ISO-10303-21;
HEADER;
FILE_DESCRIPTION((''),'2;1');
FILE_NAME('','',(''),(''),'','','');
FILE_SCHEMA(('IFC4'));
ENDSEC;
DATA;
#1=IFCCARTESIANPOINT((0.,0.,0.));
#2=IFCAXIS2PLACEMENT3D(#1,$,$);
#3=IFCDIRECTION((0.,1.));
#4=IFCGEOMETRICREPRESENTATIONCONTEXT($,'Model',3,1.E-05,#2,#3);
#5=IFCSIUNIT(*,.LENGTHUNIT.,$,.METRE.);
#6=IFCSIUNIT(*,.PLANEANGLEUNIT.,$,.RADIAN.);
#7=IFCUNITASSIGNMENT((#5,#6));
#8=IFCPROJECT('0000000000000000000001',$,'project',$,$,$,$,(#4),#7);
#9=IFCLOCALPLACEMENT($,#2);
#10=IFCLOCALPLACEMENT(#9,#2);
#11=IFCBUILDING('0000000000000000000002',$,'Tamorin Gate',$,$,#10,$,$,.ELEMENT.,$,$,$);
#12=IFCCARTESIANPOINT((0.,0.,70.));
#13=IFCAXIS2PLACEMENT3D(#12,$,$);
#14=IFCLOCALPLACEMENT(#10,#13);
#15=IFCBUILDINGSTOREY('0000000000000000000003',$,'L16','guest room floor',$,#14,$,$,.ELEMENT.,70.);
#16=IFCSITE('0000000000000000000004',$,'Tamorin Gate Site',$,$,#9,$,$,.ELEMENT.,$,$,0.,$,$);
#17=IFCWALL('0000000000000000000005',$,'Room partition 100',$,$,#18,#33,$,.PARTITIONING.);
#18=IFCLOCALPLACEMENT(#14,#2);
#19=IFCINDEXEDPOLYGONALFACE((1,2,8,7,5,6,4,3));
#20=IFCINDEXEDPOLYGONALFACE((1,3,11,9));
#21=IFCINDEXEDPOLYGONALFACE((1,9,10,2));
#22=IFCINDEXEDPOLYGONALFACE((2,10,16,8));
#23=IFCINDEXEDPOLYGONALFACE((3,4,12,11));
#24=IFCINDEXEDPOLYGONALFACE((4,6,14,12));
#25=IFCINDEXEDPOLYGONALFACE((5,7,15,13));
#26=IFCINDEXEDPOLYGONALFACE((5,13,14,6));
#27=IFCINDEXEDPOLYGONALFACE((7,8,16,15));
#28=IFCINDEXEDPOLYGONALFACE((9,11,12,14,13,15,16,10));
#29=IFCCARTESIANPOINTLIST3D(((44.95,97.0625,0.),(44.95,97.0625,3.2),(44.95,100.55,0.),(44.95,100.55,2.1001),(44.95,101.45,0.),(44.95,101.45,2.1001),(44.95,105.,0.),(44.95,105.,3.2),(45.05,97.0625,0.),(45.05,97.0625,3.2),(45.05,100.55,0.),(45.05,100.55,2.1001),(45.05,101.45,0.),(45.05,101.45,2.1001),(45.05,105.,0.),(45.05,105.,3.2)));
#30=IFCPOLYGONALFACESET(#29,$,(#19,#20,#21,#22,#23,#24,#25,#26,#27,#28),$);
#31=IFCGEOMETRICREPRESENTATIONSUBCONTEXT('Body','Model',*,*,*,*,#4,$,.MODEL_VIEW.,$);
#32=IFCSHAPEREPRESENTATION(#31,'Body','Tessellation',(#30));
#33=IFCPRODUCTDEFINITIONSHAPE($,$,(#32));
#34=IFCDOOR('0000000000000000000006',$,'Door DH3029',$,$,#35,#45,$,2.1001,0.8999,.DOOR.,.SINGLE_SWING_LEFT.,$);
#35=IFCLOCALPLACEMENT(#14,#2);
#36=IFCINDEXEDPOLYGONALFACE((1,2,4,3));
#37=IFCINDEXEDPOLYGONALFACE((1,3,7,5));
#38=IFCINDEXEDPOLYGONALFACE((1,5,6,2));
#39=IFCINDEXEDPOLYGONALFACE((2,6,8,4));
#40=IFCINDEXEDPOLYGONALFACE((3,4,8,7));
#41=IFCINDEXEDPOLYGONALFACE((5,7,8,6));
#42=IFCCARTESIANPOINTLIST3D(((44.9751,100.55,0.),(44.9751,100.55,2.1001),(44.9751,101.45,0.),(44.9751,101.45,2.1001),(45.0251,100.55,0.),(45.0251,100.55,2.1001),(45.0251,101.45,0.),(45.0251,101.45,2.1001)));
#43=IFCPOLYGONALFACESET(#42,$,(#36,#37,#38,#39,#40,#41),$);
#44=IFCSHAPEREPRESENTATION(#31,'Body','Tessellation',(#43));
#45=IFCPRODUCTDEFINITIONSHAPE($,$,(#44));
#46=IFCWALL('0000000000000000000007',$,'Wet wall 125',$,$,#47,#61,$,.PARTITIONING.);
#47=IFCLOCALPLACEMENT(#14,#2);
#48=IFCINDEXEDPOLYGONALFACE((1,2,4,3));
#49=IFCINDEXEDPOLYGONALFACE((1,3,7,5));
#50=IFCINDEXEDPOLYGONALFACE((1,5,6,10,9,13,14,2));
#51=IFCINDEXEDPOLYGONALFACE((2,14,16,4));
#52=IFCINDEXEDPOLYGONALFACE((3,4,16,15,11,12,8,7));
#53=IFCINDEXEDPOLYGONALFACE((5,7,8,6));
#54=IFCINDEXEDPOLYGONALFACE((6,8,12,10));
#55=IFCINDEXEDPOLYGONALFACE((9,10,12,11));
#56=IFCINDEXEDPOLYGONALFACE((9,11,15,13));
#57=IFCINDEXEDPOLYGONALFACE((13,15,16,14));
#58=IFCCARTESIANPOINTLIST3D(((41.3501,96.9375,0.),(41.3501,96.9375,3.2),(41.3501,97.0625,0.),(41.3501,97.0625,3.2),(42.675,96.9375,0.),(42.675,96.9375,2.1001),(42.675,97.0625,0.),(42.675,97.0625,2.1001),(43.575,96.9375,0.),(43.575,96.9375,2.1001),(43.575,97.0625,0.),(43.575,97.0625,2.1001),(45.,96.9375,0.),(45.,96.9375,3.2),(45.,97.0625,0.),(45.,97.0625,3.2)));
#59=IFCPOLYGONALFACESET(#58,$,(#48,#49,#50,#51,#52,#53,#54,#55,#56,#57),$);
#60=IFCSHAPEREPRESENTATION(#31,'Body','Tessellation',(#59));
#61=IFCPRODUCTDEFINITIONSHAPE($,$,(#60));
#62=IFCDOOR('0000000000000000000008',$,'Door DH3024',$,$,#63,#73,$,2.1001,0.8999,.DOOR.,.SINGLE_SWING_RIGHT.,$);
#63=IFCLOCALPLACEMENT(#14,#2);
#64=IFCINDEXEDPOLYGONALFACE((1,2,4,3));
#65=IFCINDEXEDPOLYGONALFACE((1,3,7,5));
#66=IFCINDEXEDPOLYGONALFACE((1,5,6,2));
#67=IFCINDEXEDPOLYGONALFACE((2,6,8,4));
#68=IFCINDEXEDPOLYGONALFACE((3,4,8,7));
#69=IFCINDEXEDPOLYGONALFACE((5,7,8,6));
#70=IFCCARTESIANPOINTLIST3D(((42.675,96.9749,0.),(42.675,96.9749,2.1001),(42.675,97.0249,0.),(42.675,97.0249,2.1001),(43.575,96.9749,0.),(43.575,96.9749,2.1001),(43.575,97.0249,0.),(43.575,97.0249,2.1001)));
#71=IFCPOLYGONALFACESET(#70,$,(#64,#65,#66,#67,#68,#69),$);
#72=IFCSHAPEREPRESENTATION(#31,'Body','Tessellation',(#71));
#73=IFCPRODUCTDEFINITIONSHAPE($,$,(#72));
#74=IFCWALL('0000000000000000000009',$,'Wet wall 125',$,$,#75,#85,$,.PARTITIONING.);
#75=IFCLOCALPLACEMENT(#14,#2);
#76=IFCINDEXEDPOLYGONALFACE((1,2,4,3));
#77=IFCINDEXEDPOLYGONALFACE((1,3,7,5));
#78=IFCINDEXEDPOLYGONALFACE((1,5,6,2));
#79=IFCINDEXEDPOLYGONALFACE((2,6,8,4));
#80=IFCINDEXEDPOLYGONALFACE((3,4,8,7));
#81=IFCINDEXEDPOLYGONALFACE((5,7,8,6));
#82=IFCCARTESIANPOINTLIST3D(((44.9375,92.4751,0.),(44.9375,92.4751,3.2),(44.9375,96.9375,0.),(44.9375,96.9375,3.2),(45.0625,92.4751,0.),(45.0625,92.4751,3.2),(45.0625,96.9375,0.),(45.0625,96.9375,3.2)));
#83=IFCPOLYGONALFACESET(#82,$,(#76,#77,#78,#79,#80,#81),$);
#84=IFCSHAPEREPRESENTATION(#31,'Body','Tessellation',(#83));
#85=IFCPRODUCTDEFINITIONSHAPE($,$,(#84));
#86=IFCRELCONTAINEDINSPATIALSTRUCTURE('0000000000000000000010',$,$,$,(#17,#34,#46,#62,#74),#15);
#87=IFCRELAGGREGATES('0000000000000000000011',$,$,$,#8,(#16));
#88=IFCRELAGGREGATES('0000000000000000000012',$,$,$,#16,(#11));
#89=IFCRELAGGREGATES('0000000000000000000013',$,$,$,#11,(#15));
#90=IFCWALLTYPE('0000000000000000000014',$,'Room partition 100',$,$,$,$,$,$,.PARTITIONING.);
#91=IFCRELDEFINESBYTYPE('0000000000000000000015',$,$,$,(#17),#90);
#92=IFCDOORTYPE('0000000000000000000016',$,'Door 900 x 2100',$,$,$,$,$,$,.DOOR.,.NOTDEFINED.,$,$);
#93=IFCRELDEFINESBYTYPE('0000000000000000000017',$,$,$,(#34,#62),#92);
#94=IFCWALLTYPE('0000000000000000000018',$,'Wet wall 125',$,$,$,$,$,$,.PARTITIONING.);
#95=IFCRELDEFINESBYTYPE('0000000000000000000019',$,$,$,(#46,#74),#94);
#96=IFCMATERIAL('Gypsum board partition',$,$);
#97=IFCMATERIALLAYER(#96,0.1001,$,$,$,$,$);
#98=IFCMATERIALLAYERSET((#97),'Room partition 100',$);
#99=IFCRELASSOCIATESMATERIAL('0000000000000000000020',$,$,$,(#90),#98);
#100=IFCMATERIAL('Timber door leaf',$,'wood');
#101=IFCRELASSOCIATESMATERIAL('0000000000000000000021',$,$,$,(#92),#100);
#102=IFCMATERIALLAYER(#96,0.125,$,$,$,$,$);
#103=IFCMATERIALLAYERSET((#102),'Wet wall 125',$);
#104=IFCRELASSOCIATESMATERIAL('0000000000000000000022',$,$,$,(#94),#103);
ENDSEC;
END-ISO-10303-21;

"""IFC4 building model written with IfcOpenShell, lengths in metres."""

from ifc_helpers import new_model, si_unit, direction, frame, frame_2d, origin, place, context, subcontext, project, spatial, rectangle, extrude, material, layer, layer_set, type_object, element, fill, save


model = new_model("IFC4")

# Units and contexts
model_context = context("Model", 3, precision=1e-05, world=origin(), true_north=direction((0.0, 1.0)))
body_context = subcontext(model_context, "Body", "Model", "MODEL_VIEW")
ifc_project = project(units=[si_unit("LENGTHUNIT", "METRE"), si_unit("PLANEANGLEUNIT", "RADIAN")], contexts=[model_context])

# Site, building, storey
site_placement = place(None, origin())
site = spatial("IfcSite", under=ifc_project, at=site_placement, Name="Tamorin Gate Site", CompositionType="ELEMENT", RefElevation=0.0)
building_placement = place(site_placement, origin())
building = spatial("IfcBuilding", under=site, at=building_placement, Name="Tamorin Gate", CompositionType="ELEMENT")
storey_placement = place(building_placement, frame((0.0, 0.0, 70.0)))
storey = spatial("IfcBuildingStorey", under=building, at=storey_placement, Name="L16", Description="guest room floor", CompositionType="ELEMENT", Elevation=70.0)

# Shared definitions
ifc_material_1 = material(Name="Gypsum board partition")

# Walls, openings, doors
ifc_layer_1 = layer(ifc_material_1, 0.1001)
ifc_layer_set_1 = layer_set([ifc_layer_1], Name="Room partition 100")
wall_type_1 = type_object("IfcWallType", Name="Room partition 100", PredefinedType="PARTITIONING", material=ifc_layer_set_1)
ifc_material_2 = material(Name="Timber door leaf", Category="wood")
door_type = type_object("IfcDoorType", Name="Door 900 x 2100", OperationType="NOTDEFINED", PredefinedType="DOOR", material=ifc_material_2)
wall_1_placement = place(storey_placement, frame((45.0, 97.0625, 0.0), z_axis=(0.0, 0.0, 1.0), x_axis=(0.0, 1.0, 0.0)))
wall_1 = element("IfcWall", 1, at=wall_1_placement, inside=storey, type_object=wall_type_1, Name="Room partition 100", PredefinedType="PARTITIONING", context=body_context, shape_type="SweptSolid", body=[
    extrude(rectangle(XDim=7.9375, YDim=0.1001, at=frame_2d((3.9688, 0.0))), origin(), (0.0, 0.0, 1.0), 3.2),
])
opening_1_placement = place(wall_1_placement, frame((3.4875, 0.0, 0.0)))
opening_1 = element("IfcOpeningElement", 2, at=opening_1_placement, cuts=wall_1, PredefinedType="OPENING", context=body_context, shape_type="SweptSolid", body=[
    extrude(rectangle(XDim=0.8999, YDim=2.1001, at=frame_2d((0.45, 1.05))), frame((0.0, 0.0601, 0.0), z_axis=(0.0, -1.0, 0.0), x_axis=(1.0, 0.0, 0.0)), (0.0, 0.0, 1.0), 0.1201),
])
door_1_placement = place(opening_1_placement, origin())
door_1 = element("IfcDoor", 3, at=door_1_placement, inside=storey, type_object=door_type, Name="Door DH3029", OperationType="SINGLE_SWING_LEFT", OverallHeight=2.1001, OverallWidth=0.8999, PredefinedType="DOOR", context=body_context, shape_type="SweptSolid", body=[
    extrude(rectangle(XDim=0.8999, YDim=2.1001, at=frame_2d((0.45, 1.05))), frame((0.0, 0.0249, 0.0), z_axis=(0.0, -1.0, 0.0), x_axis=(1.0, 0.0, 0.0)), (0.0, 0.0, 1.0), 0.05),
])
fill(opening_1, door_1)
ifc_layer_2 = layer(ifc_material_1, 0.125)
ifc_layer_set_2 = layer_set([ifc_layer_2], Name="Wet wall 125")
wall_type_2 = type_object("IfcWallType", Name="Wet wall 125", PredefinedType="PARTITIONING", material=ifc_layer_set_2)
wall_2_placement = place(storey_placement, frame((41.3501, 97.0, 0.0), z_axis=(0.0, 0.0, 1.0), x_axis=(1.0, 0.0, 0.0)))
wall_2 = element("IfcWall", 4, at=wall_2_placement, inside=storey, type_object=wall_type_2, Name="Wet wall 125", PredefinedType="PARTITIONING", context=body_context, shape_type="SweptSolid", body=[
    extrude(rectangle(XDim=3.6499, YDim=0.125, at=frame_2d((1.825, 0.0))), origin(), (0.0, 0.0, 1.0), 3.2),
])
opening_2_placement = place(wall_2_placement, frame((1.325, 0.0, 0.0)))
opening_2 = element("IfcOpeningElement", 5, at=opening_2_placement, cuts=wall_2, PredefinedType="OPENING", context=body_context, shape_type="SweptSolid", body=[
    extrude(rectangle(XDim=0.8999, YDim=2.1001, at=frame_2d((0.45, 1.05))), frame((0.0, 0.0725, 0.0), z_axis=(0.0, -1.0, 0.0), x_axis=(1.0, 0.0, 0.0)), (0.0, 0.0, 1.0), 0.145),
])
door_2_placement = place(opening_2_placement, origin())
door_2 = element("IfcDoor", 6, at=door_2_placement, inside=storey, type_object=door_type, Name="Door DH3024", OperationType="SINGLE_SWING_RIGHT", OverallHeight=2.1001, OverallWidth=0.8999, PredefinedType="DOOR", context=body_context, shape_type="SweptSolid", body=[
    extrude(rectangle(XDim=0.8999, YDim=2.1001, at=frame_2d((0.45, 1.05))), frame((0.0, 0.0249, 0.0), z_axis=(0.0, -1.0, 0.0), x_axis=(1.0, 0.0, 0.0)), (0.0, 0.0, 1.0), 0.05),
])
fill(opening_2, door_2)

# Wall
wall_3_placement = place(storey_placement, frame((45.0, 92.4751, 0.0), z_axis=(0.0, 0.0, 1.0), x_axis=(0.0, 1.0, 0.0)))
element("IfcWall", 7, at=wall_3_placement, inside=storey, type_object=wall_type_2, Name="Wet wall 125", PredefinedType="PARTITIONING", context=body_context, shape_type="SweptSolid", body=[
    extrude(rectangle(XDim=4.4624, YDim=0.125, at=frame_2d((2.2312, 0.0))), origin(), (0.0, 0.0, 1.0), 3.2),
])

save(model, "model.ifc")
